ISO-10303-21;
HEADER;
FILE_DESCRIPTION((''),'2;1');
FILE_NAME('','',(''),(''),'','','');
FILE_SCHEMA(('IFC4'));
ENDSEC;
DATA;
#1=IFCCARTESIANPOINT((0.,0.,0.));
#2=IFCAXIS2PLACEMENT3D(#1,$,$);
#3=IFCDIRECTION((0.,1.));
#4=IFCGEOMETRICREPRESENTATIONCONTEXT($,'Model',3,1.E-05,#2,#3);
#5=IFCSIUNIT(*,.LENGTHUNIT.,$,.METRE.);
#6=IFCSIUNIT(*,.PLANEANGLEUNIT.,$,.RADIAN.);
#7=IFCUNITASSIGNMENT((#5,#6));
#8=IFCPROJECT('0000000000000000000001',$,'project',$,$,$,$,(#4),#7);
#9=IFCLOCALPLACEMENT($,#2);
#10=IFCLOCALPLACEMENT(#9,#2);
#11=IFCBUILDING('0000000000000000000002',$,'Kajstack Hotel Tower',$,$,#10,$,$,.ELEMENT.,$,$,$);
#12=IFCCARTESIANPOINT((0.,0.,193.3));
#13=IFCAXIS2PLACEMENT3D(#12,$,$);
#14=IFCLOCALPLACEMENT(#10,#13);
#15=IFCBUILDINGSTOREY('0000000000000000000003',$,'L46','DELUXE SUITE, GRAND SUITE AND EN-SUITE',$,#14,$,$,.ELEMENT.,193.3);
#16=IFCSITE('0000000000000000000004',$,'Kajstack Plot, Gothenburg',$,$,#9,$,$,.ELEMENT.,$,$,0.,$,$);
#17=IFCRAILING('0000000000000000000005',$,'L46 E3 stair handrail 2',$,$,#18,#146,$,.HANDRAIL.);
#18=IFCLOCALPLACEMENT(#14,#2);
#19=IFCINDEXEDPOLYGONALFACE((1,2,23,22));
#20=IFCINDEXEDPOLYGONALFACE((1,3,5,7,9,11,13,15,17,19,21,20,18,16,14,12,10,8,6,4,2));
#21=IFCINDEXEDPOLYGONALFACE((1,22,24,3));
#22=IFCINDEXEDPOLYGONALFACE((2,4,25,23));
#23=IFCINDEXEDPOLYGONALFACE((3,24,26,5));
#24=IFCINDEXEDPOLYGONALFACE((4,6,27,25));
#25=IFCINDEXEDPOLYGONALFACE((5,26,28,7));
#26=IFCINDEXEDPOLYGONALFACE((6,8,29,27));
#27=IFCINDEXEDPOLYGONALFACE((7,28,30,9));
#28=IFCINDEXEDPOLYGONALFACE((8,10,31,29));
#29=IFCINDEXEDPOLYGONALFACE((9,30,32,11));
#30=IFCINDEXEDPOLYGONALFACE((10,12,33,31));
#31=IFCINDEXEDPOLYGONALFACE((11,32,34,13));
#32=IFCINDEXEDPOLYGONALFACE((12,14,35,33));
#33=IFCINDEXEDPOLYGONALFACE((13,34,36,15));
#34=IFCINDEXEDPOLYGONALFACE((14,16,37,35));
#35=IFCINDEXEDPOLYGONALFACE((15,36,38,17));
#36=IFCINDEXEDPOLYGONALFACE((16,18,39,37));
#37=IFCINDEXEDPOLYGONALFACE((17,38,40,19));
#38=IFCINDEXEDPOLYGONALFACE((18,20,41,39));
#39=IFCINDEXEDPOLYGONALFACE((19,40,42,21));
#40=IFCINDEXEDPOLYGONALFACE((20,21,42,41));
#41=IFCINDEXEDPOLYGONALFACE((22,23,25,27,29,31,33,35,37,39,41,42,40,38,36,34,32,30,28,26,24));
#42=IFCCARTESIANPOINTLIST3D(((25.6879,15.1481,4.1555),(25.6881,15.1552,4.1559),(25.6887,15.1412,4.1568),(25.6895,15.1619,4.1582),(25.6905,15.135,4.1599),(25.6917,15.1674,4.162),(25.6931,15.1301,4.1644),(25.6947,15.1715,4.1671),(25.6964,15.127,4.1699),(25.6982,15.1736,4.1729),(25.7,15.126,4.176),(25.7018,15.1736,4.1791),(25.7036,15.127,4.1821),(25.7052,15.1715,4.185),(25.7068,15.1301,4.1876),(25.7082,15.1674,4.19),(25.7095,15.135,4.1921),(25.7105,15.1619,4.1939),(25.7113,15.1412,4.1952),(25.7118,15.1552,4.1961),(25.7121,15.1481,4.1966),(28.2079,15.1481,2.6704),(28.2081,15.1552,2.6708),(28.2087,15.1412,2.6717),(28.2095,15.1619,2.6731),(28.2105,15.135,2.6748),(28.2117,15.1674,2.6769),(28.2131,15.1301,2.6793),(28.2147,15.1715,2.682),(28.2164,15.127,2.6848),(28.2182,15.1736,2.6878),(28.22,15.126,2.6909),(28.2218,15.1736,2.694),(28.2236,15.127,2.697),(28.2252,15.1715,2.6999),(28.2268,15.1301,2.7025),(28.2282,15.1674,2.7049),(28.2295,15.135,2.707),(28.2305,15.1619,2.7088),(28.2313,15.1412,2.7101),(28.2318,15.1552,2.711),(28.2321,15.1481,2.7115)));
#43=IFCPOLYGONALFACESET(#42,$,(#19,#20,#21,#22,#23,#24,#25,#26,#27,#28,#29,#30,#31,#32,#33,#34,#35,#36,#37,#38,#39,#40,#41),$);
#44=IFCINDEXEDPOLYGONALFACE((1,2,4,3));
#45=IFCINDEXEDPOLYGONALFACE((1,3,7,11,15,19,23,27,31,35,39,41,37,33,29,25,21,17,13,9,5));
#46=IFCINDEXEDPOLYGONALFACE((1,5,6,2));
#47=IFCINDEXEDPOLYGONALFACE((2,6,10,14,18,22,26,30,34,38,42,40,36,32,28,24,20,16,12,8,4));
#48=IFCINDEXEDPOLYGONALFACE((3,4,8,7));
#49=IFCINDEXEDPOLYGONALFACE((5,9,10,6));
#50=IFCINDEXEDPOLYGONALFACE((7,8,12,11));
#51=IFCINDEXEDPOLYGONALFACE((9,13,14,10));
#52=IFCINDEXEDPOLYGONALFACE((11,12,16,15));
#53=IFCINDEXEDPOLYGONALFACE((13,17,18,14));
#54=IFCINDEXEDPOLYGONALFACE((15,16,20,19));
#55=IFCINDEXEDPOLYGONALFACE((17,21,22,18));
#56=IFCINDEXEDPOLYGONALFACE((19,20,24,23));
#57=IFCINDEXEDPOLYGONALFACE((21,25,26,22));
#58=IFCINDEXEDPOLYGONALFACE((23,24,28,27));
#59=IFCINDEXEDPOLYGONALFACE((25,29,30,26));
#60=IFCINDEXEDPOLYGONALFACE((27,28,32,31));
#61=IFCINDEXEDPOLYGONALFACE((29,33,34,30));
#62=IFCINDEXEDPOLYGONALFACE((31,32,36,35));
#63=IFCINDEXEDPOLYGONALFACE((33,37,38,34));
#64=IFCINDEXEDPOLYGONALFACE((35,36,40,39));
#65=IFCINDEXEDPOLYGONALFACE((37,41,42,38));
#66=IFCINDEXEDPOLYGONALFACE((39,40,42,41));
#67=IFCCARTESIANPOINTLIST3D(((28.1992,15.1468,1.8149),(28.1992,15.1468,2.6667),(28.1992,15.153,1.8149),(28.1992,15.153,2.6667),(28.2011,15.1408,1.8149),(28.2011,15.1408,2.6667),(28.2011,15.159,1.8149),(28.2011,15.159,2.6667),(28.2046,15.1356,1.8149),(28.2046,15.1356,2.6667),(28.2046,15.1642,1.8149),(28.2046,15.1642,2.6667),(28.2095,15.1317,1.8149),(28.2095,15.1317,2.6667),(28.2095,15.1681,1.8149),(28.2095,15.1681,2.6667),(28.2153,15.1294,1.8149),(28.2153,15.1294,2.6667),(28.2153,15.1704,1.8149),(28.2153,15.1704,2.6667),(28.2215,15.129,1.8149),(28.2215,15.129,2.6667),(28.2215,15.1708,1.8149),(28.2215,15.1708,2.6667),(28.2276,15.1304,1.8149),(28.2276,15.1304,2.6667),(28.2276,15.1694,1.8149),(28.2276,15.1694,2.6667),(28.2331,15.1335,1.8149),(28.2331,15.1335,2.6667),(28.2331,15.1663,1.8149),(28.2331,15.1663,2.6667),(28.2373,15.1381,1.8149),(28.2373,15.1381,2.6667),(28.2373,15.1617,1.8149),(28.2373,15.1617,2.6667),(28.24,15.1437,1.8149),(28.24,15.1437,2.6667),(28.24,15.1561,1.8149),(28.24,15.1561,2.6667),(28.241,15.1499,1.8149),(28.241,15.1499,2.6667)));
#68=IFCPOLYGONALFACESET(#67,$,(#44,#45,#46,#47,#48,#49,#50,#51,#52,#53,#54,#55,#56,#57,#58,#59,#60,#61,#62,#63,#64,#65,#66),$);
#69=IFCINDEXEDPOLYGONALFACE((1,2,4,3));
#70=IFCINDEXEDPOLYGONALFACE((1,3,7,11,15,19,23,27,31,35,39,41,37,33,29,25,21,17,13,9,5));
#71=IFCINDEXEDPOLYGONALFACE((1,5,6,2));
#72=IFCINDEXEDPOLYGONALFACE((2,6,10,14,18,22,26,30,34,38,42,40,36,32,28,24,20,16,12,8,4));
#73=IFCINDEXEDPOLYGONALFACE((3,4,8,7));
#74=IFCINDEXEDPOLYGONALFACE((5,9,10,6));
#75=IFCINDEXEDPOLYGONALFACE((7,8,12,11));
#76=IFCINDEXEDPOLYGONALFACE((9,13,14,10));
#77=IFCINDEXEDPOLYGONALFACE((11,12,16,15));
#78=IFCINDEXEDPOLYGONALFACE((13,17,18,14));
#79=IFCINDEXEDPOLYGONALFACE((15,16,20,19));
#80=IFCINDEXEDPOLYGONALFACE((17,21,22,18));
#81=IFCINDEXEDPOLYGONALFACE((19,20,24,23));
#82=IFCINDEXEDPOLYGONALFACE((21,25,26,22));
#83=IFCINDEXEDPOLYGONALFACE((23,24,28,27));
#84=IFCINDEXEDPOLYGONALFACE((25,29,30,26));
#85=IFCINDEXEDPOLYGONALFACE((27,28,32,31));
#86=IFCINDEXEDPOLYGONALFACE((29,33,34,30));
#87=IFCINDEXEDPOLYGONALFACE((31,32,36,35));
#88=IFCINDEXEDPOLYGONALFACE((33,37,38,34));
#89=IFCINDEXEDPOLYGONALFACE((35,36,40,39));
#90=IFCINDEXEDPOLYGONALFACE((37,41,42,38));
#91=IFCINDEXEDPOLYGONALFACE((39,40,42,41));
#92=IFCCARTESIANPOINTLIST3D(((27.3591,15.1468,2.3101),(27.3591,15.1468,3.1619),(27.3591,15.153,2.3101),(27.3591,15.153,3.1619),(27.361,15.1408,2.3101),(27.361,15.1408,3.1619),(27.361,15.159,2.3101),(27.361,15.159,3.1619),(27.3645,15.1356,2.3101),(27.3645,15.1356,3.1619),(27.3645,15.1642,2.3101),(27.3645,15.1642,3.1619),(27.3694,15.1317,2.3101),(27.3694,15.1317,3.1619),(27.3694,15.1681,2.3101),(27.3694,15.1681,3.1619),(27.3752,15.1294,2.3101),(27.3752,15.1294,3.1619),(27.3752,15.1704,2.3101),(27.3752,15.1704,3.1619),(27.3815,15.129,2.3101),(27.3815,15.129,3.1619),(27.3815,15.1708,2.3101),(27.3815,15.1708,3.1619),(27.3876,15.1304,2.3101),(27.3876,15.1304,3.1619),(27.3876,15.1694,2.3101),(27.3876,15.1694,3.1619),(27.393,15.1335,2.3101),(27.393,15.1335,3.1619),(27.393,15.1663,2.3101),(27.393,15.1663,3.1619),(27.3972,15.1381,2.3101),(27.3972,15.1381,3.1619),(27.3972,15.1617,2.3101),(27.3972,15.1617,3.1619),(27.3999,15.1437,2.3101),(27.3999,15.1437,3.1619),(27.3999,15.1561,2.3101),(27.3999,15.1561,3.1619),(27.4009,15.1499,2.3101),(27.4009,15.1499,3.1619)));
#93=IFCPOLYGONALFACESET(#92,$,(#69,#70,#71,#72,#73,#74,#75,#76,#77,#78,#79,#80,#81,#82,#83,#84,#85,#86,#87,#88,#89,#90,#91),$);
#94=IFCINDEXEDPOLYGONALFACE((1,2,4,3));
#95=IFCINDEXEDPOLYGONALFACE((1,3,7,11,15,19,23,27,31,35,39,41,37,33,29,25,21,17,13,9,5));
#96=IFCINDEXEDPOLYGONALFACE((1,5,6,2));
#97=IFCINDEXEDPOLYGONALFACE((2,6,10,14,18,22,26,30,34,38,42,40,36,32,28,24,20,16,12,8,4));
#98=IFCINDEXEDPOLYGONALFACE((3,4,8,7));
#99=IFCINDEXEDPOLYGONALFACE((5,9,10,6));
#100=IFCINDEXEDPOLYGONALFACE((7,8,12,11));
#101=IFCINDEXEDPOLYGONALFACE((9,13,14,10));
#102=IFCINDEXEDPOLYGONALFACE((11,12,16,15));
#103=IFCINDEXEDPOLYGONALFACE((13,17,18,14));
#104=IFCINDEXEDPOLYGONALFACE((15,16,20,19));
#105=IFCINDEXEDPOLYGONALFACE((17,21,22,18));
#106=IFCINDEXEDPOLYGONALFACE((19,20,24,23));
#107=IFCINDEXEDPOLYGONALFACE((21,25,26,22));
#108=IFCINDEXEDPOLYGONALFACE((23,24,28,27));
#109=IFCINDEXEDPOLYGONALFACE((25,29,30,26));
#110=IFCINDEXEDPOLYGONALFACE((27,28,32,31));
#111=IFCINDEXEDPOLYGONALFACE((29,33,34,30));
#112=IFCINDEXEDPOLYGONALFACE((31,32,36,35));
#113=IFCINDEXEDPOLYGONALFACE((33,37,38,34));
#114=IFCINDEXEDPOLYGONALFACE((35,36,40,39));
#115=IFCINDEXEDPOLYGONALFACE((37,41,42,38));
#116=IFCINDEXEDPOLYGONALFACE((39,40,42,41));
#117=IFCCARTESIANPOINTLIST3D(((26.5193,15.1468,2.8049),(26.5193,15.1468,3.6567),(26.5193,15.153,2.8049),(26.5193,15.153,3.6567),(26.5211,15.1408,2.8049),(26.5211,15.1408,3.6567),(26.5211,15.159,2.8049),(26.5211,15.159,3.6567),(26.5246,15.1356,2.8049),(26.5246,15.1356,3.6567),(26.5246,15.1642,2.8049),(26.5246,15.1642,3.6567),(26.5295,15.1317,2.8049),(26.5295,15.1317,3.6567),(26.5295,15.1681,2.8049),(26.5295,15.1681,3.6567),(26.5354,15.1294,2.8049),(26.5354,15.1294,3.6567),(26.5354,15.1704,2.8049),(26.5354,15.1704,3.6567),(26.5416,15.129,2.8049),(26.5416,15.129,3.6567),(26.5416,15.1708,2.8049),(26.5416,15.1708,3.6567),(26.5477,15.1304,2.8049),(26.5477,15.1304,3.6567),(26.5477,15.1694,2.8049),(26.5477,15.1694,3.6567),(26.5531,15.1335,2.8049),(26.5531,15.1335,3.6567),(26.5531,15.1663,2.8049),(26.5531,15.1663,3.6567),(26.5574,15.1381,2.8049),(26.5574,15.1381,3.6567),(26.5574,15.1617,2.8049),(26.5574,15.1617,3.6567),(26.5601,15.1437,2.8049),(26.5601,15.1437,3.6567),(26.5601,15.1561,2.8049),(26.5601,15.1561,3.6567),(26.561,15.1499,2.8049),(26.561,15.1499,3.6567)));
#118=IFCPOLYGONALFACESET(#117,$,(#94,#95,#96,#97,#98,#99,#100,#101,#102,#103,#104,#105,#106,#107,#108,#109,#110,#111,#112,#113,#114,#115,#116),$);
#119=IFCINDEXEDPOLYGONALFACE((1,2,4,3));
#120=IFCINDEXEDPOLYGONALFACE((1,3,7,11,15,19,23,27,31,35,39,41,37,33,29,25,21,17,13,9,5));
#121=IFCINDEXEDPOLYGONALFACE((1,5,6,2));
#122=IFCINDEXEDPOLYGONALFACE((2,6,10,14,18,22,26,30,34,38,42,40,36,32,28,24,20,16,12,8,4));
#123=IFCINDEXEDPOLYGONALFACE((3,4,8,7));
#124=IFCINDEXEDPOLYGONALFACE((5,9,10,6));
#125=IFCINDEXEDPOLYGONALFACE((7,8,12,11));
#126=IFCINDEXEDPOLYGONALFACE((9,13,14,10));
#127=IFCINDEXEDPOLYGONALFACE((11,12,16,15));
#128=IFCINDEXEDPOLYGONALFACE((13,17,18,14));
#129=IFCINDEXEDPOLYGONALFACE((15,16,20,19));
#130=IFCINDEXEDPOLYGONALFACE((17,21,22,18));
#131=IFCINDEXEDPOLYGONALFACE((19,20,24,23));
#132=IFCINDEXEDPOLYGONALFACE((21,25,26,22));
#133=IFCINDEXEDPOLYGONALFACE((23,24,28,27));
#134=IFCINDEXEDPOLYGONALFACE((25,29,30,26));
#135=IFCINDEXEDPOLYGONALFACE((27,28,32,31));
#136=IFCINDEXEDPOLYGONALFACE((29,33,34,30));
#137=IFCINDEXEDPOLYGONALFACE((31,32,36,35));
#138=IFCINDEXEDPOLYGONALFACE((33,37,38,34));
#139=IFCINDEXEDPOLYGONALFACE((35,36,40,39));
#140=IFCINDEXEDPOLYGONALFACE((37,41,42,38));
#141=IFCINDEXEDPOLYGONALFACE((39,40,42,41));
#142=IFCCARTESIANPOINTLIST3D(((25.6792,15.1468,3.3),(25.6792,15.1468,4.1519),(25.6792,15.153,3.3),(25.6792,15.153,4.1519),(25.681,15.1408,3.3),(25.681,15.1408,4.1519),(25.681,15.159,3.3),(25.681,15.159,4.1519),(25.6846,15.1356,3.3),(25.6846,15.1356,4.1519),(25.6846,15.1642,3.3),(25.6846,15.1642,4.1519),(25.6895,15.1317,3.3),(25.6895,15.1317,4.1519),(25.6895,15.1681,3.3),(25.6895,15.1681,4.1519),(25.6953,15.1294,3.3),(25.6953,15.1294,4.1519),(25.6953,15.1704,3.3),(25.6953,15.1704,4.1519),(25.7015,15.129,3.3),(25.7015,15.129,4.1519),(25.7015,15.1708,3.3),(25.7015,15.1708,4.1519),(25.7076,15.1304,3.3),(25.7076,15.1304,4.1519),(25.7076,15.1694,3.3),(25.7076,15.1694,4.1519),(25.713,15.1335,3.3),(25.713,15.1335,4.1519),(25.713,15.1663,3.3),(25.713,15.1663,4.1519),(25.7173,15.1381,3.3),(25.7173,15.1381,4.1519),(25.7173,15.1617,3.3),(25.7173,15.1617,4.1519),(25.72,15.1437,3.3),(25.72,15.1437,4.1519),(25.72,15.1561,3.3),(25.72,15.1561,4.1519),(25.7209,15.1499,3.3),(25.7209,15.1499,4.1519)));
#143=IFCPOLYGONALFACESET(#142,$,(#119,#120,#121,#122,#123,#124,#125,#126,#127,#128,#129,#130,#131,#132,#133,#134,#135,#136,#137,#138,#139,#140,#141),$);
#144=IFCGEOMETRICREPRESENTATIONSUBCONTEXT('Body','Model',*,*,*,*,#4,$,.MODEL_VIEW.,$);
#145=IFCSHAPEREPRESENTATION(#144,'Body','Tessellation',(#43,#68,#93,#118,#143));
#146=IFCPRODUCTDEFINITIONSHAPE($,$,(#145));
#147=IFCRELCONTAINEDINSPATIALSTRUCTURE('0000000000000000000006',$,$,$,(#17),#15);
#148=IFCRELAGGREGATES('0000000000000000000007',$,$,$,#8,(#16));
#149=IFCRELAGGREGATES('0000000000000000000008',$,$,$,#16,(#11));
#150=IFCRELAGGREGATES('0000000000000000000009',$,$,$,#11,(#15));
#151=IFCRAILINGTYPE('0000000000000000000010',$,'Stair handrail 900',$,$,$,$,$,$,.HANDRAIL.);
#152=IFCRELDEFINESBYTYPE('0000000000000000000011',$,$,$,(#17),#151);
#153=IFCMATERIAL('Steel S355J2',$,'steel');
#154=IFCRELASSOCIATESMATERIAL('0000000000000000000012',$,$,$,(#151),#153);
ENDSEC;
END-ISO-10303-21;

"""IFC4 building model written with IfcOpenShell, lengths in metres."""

from ifc_helpers import new_model, si_unit, direction, frame, origin, origin_2d, place, context, subcontext, project, spatial, circle, extrude, material, type_object, element, save


model = new_model("IFC4")

# Units and contexts
model_context = context("Model", 3, precision=1e-05, world=origin(), true_north=direction((0.0, 1.0)))
body_context = subcontext(model_context, "Body", "Model", "MODEL_VIEW")
ifc_project = project(units=[si_unit("LENGTHUNIT", "METRE"), si_unit("PLANEANGLEUNIT", "RADIAN")], contexts=[model_context])

# Site, building, storey
site_placement = place(None, origin())
site = spatial("IfcSite", under=ifc_project, at=site_placement, Name="Kajstack Plot, Gothenburg", CompositionType="ELEMENT", RefElevation=0.0)
building_placement = place(site_placement, origin())
building = spatial("IfcBuilding", under=site, at=building_placement, Name="Kajstack Hotel Tower", CompositionType="ELEMENT")
storey_placement = place(building_placement, frame((0.0, 0.0, 193.3)))
storey = spatial("IfcBuildingStorey", under=building, at=storey_placement, Name="L46", Description="DELUXE SUITE, GRAND SUITE AND EN-SUITE", CompositionType="ELEMENT", Elevation=193.3)

# Railing
ifc_material_1 = material(Name="Steel S355J2", Category="steel")
railing_type_1 = type_object("IfcRailingType", Name="Stair handrail 900", PredefinedType="HANDRAIL", material=ifc_material_1)
railing_1_placement = place(storey_placement, frame((28.22, 15.1499, 1.8149)))
element("IfcRailing", 1, at=railing_1_placement, inside=storey, type_object=railing_type_1, Name="L46 E3 stair handrail 2", PredefinedType="HANDRAIL", context=body_context, shape_type="SweptSolid", body=[
    extrude(circle(Radius=0.0239, at=origin_2d()), frame((0.0, 0.0, 0.876), z_axis=(-0.861524, 0.0, 0.507717), x_axis=(0.0, -1.0, 0.0)), (0.0, 0.0, 1.0), 2.925),
    extrude(circle(Radius=0.021, at=origin_2d()), origin(), (0.0, 0.0, 1.0), 0.8518),
    extrude(circle(Radius=0.021, at=origin_2d()), frame((-0.8401, 0.0, 0.4951)), (0.0, 0.0, 1.0), 0.8518),
    extrude(circle(Radius=0.021, at=origin_2d()), frame((-1.6799, 0.0, 0.99)), (0.0, 0.0, 1.0), 0.8518),
    extrude(circle(Radius=0.021, at=origin_2d()), frame((-2.52, 0.0, 1.4851)), (0.0, 0.0, 1.0), 0.8518),
])

save(model, "model.ifc")
